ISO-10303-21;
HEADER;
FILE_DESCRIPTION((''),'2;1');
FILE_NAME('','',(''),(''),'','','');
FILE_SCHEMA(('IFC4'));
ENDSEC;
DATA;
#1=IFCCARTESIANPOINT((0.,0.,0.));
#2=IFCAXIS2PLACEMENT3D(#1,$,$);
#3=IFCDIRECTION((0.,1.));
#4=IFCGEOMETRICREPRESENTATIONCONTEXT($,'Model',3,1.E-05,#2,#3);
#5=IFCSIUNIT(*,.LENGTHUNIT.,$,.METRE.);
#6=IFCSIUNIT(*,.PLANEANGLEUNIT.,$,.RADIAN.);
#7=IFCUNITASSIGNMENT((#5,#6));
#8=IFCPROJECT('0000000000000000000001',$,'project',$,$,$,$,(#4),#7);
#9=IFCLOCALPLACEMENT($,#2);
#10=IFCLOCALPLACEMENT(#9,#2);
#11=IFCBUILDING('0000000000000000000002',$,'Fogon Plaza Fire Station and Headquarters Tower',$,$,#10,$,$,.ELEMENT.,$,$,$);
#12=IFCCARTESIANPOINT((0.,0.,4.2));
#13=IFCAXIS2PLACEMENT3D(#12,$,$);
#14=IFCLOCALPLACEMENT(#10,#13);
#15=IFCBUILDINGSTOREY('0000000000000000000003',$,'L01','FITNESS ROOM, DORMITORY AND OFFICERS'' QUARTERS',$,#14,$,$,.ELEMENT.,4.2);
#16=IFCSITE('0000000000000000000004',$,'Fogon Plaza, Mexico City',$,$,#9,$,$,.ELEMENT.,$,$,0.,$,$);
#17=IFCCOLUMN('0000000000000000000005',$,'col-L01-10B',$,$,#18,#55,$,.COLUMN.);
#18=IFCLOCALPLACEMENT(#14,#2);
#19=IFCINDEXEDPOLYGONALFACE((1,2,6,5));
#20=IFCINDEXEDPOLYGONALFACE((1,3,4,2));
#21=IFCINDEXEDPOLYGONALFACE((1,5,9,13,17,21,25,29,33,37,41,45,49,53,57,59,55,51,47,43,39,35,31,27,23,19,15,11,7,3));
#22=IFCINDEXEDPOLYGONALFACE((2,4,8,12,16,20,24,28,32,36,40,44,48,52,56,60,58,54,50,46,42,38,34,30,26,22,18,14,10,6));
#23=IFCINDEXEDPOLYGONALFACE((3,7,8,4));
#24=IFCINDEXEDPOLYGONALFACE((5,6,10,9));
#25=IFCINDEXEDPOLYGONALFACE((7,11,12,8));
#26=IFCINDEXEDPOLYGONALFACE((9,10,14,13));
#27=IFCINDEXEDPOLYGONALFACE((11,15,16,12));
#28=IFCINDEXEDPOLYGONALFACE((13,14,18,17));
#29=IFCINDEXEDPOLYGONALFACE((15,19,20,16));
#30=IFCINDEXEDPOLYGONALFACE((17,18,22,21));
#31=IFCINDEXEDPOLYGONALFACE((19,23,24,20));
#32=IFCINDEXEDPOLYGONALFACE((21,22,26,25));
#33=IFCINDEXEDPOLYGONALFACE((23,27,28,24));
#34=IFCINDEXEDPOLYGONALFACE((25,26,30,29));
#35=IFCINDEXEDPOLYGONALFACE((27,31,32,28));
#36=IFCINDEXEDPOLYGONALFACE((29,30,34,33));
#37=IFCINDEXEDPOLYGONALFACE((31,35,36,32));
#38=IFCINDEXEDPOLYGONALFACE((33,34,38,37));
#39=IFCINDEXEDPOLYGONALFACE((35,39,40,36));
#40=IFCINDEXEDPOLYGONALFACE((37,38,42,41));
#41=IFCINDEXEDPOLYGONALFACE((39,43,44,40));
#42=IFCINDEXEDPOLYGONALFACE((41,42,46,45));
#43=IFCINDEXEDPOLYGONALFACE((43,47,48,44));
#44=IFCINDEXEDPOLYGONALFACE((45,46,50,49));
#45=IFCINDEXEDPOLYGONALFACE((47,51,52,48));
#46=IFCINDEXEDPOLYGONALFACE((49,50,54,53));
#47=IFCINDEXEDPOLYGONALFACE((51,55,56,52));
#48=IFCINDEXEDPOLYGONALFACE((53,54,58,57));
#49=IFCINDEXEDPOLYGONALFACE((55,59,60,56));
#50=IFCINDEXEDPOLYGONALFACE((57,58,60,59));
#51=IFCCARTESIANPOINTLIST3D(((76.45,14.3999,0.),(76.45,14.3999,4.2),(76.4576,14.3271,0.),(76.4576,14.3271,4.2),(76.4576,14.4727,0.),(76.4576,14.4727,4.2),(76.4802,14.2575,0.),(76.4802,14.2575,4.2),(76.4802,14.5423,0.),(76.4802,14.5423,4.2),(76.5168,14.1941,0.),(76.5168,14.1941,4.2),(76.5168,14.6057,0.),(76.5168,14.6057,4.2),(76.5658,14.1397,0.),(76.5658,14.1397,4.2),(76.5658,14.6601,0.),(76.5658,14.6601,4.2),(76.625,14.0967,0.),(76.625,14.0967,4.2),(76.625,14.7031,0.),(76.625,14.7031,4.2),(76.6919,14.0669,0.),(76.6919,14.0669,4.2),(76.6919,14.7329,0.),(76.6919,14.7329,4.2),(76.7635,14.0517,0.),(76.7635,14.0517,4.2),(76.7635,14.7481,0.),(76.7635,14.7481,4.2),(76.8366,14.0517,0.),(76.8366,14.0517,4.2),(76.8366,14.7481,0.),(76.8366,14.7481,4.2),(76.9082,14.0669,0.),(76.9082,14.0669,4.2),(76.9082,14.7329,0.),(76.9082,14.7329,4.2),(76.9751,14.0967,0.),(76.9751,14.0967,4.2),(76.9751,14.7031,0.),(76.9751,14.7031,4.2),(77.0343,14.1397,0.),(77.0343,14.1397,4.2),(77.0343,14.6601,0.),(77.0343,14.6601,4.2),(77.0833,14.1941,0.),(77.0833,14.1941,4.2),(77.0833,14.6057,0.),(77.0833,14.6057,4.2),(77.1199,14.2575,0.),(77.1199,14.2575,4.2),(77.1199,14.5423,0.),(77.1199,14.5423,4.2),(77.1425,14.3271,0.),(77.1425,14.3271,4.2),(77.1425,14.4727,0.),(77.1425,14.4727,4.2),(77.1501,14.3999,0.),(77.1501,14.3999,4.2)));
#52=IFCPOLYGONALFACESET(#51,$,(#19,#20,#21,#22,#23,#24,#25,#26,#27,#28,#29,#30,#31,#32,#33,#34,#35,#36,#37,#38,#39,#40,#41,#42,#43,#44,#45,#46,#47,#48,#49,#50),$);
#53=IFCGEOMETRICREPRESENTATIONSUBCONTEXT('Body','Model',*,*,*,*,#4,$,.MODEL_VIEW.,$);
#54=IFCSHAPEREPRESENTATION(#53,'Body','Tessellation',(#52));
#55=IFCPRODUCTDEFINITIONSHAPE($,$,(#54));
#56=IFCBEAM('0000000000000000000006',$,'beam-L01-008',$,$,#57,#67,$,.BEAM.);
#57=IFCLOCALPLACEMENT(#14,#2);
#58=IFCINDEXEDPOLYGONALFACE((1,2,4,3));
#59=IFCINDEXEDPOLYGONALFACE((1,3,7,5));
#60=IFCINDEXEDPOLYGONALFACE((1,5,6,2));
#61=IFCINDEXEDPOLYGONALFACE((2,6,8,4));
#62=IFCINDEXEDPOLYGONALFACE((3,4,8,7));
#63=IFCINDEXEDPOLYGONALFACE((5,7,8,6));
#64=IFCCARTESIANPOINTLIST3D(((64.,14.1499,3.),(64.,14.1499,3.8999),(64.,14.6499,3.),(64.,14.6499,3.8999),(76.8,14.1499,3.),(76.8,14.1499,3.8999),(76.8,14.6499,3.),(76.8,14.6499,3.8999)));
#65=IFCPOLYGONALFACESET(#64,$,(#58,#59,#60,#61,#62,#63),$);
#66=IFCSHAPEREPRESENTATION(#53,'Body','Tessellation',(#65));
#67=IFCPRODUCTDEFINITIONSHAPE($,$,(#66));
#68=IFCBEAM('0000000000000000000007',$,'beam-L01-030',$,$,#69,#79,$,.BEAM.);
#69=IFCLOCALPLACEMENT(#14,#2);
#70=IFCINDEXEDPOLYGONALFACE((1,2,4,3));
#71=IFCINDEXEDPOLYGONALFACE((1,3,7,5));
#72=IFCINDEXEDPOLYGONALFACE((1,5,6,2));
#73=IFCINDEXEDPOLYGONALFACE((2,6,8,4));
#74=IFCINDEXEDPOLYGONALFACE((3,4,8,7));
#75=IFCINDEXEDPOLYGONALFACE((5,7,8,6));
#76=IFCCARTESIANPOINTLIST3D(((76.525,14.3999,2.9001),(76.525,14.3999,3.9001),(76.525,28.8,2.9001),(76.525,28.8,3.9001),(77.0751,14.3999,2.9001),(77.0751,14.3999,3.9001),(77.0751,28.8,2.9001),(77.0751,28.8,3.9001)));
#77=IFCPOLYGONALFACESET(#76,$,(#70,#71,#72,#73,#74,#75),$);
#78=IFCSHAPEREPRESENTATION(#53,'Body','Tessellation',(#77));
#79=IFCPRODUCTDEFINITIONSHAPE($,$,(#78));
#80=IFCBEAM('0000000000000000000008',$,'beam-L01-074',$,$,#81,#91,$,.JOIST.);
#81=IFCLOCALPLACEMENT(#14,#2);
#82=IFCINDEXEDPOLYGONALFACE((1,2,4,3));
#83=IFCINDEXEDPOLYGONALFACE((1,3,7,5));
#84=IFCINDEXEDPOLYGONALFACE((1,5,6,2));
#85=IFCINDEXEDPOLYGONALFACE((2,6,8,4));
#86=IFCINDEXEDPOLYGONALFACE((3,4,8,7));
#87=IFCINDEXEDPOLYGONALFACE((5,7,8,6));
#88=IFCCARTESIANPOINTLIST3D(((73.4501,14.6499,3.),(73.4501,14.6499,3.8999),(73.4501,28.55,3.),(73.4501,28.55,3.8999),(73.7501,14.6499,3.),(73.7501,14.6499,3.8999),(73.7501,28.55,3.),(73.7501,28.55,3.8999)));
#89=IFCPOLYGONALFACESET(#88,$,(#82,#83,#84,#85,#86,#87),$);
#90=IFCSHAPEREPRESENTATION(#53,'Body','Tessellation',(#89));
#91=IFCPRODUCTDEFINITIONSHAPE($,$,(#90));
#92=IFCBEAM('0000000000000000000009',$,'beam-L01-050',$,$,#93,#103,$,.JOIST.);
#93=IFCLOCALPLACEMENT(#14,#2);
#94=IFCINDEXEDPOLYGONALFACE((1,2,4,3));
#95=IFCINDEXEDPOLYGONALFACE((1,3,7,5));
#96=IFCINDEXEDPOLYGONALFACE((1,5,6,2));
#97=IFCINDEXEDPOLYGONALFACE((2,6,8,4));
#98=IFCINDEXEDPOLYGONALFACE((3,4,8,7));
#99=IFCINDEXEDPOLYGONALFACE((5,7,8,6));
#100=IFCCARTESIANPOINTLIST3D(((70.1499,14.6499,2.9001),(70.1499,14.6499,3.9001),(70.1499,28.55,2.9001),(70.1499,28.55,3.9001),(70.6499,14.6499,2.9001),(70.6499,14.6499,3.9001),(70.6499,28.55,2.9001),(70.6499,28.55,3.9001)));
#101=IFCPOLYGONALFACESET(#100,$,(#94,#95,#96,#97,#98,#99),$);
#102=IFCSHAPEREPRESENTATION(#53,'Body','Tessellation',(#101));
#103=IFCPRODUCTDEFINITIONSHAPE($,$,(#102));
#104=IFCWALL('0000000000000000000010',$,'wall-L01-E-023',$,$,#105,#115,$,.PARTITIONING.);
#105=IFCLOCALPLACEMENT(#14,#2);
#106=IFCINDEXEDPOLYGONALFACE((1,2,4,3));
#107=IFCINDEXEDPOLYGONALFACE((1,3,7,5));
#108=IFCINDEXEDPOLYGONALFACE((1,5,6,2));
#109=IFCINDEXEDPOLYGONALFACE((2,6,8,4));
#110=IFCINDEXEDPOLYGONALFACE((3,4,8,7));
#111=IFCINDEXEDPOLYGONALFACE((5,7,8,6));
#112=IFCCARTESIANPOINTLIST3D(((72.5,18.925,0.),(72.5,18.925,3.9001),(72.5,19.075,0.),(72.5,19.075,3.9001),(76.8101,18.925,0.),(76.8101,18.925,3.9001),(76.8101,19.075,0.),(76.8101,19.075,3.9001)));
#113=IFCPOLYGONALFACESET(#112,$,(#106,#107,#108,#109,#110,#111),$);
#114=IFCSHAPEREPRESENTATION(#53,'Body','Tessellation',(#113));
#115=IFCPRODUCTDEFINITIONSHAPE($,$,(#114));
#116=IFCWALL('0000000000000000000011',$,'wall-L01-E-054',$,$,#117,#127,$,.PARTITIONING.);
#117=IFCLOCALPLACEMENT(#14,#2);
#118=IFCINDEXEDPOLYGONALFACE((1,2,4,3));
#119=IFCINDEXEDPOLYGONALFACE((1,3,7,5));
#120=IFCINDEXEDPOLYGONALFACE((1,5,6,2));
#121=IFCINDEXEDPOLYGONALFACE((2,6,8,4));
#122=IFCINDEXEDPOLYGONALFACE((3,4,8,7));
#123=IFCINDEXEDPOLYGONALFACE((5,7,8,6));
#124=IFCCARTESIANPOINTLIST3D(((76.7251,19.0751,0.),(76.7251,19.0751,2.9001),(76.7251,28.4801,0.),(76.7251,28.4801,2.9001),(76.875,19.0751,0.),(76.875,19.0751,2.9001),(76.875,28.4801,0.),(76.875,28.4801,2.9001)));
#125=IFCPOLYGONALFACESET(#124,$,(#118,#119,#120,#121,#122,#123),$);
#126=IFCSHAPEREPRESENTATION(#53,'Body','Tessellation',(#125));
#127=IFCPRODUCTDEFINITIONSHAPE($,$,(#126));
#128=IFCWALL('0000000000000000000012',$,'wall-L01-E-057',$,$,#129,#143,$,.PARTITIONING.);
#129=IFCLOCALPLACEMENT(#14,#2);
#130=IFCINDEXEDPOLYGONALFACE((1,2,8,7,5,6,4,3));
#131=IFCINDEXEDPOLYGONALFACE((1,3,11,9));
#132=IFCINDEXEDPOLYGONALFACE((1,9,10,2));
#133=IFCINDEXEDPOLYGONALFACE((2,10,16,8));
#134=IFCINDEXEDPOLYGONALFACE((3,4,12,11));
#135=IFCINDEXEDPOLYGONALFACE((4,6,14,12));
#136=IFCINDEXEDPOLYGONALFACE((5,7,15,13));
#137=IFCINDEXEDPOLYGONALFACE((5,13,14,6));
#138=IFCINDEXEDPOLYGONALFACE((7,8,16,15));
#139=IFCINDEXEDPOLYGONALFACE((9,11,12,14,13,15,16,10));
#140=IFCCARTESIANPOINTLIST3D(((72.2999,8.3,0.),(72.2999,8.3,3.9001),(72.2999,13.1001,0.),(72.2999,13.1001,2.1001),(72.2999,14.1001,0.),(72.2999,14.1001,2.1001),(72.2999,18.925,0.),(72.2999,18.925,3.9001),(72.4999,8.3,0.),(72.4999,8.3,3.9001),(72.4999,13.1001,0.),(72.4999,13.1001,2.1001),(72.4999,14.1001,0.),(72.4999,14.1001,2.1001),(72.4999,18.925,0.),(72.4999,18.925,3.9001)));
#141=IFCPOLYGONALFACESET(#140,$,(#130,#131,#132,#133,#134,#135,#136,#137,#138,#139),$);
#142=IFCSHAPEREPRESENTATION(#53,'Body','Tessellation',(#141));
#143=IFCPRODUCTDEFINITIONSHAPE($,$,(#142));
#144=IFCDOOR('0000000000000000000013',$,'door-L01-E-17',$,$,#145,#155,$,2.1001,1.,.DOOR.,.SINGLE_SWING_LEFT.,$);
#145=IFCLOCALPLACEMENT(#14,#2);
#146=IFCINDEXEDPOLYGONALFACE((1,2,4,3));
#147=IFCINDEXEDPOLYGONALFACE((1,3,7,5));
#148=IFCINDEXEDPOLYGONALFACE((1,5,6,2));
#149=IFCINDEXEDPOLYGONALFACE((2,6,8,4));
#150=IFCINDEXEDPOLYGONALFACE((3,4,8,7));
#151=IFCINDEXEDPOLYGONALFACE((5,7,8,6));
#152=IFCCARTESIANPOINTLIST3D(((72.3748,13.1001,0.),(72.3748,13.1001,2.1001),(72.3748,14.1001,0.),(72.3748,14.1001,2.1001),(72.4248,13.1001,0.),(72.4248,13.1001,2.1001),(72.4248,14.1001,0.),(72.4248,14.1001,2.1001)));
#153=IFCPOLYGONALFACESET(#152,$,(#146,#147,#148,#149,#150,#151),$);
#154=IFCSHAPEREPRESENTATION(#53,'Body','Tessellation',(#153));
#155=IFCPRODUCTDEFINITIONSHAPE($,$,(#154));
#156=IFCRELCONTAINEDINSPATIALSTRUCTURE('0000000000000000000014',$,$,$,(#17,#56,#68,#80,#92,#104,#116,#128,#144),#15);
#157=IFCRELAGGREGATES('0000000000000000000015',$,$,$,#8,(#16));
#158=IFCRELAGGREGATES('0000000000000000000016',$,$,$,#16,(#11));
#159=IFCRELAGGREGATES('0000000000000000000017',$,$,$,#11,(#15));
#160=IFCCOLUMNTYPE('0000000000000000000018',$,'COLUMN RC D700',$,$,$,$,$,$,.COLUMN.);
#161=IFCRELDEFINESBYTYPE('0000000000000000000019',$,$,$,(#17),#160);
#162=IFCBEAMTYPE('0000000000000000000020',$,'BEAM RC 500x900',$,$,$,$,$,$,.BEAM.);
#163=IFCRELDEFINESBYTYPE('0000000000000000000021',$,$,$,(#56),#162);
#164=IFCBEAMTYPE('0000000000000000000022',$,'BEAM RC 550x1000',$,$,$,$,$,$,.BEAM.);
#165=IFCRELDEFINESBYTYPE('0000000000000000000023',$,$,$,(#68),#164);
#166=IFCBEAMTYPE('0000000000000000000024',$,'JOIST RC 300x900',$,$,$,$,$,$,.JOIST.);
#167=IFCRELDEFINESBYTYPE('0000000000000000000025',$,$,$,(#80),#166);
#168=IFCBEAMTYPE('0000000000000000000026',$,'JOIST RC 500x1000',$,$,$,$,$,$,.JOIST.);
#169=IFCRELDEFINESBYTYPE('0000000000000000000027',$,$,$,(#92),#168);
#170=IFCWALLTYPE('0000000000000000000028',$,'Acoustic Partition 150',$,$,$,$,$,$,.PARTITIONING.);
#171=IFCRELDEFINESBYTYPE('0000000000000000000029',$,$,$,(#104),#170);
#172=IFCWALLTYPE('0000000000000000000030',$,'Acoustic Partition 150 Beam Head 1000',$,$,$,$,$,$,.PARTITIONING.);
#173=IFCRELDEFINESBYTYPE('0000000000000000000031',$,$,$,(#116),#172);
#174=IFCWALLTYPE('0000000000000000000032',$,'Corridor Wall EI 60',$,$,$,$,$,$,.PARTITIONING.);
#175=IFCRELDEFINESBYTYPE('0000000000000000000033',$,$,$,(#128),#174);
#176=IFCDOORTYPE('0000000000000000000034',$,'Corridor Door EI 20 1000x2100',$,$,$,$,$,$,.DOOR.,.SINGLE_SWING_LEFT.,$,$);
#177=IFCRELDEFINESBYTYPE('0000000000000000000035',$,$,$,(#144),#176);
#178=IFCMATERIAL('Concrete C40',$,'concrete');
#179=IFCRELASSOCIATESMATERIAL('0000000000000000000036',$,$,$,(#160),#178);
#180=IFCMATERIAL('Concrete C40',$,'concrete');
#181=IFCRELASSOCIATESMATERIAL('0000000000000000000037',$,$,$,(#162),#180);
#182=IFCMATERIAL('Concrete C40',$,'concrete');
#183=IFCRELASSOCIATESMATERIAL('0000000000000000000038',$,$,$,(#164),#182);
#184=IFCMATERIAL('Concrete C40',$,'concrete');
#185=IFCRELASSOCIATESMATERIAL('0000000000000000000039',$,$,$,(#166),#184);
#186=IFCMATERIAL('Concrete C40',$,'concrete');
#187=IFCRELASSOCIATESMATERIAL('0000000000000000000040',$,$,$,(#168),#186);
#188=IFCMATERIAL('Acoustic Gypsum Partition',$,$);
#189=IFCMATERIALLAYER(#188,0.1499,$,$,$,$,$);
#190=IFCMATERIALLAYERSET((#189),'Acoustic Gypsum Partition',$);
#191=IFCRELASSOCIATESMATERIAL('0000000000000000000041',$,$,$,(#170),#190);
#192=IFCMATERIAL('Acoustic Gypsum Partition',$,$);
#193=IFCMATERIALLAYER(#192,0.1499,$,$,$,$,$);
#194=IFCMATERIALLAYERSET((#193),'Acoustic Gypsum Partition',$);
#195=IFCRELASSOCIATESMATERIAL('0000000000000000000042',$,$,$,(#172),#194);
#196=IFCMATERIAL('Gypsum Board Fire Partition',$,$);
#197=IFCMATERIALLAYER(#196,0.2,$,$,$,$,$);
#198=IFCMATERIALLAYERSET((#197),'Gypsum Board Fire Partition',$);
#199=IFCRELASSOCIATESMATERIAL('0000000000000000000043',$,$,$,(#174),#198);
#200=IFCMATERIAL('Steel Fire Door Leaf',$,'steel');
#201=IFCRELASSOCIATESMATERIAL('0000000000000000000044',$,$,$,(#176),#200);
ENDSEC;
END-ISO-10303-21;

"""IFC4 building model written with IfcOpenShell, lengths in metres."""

from ifc_helpers import new_model, si_unit, direction, frame, frame_2d, origin, origin_2d, place, context, subcontext, project, spatial, rectangle, circle, extrude, material, layer, layer_set, material_profile, profile_set, type_object, element, fill, save


model = new_model("IFC4")

# Units and contexts
model_context = context("Model", 3, precision=1e-05, world=origin(), true_north=direction((0.0, 1.0)))
body_context = subcontext(model_context, "Body", "Model", "MODEL_VIEW")
ifc_project = project(units=[si_unit("LENGTHUNIT", "METRE"), si_unit("PLANEANGLEUNIT", "RADIAN")], contexts=[model_context])

# Site, building, storey
site_placement = place(None, origin())
site = spatial("IfcSite", under=ifc_project, at=site_placement, Name="Fogon Plaza, Mexico City", CompositionType="ELEMENT", RefElevation=0.0)
building_placement = place(site_placement, origin())
building = spatial("IfcBuilding", under=site, at=building_placement, Name="Fogon Plaza Fire Station and Headquarters Tower", CompositionType="ELEMENT")
storey_placement = place(building_placement, frame((0.0, 0.0, 4.2)))
storey = spatial("IfcBuildingStorey", under=building, at=storey_placement, Name="L01", Description="FITNESS ROOM, DORMITORY AND OFFICERS' QUARTERS", CompositionType="ELEMENT", Elevation=4.2)

# Column
ifc_material_1 = material(Name="Concrete C40", Category="concrete")
ifc_material_profile_1 = material_profile(ifc_material_1, circle(Radius=0.3501, at=origin_2d()), Name="RC D700")
ifc_profile_set_1 = profile_set([ifc_material_profile_1], Name="Concrete C40")
column_type = type_object("IfcColumnType", Name="COLUMN RC D700", PredefinedType="COLUMN", material=ifc_profile_set_1)
column_placement = place(storey_placement, frame((76.8, 14.3999, 0.0), z_axis=(0.0, 0.0, 1.0), x_axis=(1.0, 0.0, 0.0)))
element("IfcColumn", 1, at=column_placement, inside=storey, type_object=column_type, Name="col-L01-10B", PredefinedType="COLUMN", context=body_context, shape_type="SweptSolid", body=[
    extrude(circle(Radius=0.3501, at=origin_2d()), origin(), (0.0, 0.0, 1.0), 4.2),
])

# Beams
ifc_material_2 = material(Name="Concrete C40", Category="concrete")
ifc_material_profile_2 = material_profile(ifc_material_2, rectangle(XDim=0.5, YDim=0.8999, at=origin_2d()), Name="RC 500x900")
ifc_profile_set_2 = profile_set([ifc_material_profile_2], Name="Concrete C40")
beam_type_1 = type_object("IfcBeamType", Name="BEAM RC 500x900", PredefinedType="BEAM", material=ifc_profile_set_2)
beam_1_placement = place(storey_placement, frame((76.8, 14.3999, 3.45), z_axis=(-1.0, 0.0, 0.0), x_axis=(0.0, -1.0, 0.0)))
element("IfcBeam", 2, at=beam_1_placement, inside=storey, type_object=beam_type_1, Name="beam-L01-008", PredefinedType="BEAM", context=body_context, shape_type="SweptSolid", body=[
    extrude(rectangle(XDim=0.5, YDim=0.8999, at=origin_2d()), origin(), (0.0, 0.0, 1.0), 12.8),
])
ifc_material_3 = material(Name="Concrete C40", Category="concrete")
ifc_material_profile_3 = material_profile(ifc_material_3, rectangle(XDim=0.55, YDim=1.0, at=origin_2d()), Name="RC 550x1000")
ifc_profile_set_3 = profile_set([ifc_material_profile_3], Name="Concrete C40")
beam_type_2 = type_object("IfcBeamType", Name="BEAM RC 550x1000", PredefinedType="BEAM", material=ifc_profile_set_3)
beam_2_placement = place(storey_placement, frame((76.8, 14.3999, 3.4001), z_axis=(0.0, 1.0, 0.0), x_axis=(-1.0, 0.0, 0.0)))
element("IfcBeam", 3, at=beam_2_placement, inside=storey, type_object=beam_type_2, Name="beam-L01-030", PredefinedType="BEAM", context=body_context, shape_type="SweptSolid", body=[
    extrude(rectangle(XDim=0.55, YDim=1.0, at=origin_2d()), origin(), (0.0, 0.0, 1.0), 14.4001),
])
ifc_material_4 = material(Name="Concrete C40", Category="concrete")
ifc_material_profile_4 = material_profile(ifc_material_4, rectangle(XDim=0.3, YDim=0.8999, at=origin_2d()), Name="RC 300x900")
ifc_profile_set_4 = profile_set([ifc_material_profile_4], Name="Concrete C40")
beam_type_3 = type_object("IfcBeamType", Name="JOIST RC 300x900", PredefinedType="JOIST", material=ifc_profile_set_4)
beam_3_placement = place(storey_placement, frame((73.6001, 14.6499, 3.45), z_axis=(0.0, 1.0, 0.0), x_axis=(-1.0, 0.0, 0.0)))
element("IfcBeam", 4, at=beam_3_placement, inside=storey, type_object=beam_type_3, Name="beam-L01-074", PredefinedType="JOIST", context=body_context, shape_type="SweptSolid", body=[
    extrude(rectangle(XDim=0.3, YDim=0.8999, at=origin_2d()), origin(), (0.0, 0.0, 1.0), 13.9001),
])
ifc_material_5 = material(Name="Concrete C40", Category="concrete")
ifc_material_profile_5 = material_profile(ifc_material_5, rectangle(XDim=0.5, YDim=1.0, at=origin_2d()), Name="RC 500x1000")
ifc_profile_set_5 = profile_set([ifc_material_profile_5], Name="Concrete C40")
beam_type_4 = type_object("IfcBeamType", Name="JOIST RC 500x1000", PredefinedType="JOIST", material=ifc_profile_set_5)
beam_4_placement = place(storey_placement, frame((70.3999, 14.6499, 3.4001), z_axis=(0.0, 1.0, 0.0), x_axis=(-1.0, 0.0, 0.0)))
element("IfcBeam", 5, at=beam_4_placement, inside=storey, type_object=beam_type_4, Name="beam-L01-050", PredefinedType="JOIST", context=body_context, shape_type="SweptSolid", body=[
    extrude(rectangle(XDim=0.5, YDim=1.0, at=origin_2d()), origin(), (0.0, 0.0, 1.0), 13.9001),
])

# Walls
ifc_material_6 = material(Name="Acoustic Gypsum Partition")
ifc_layer_1 = layer(ifc_material_6, 0.1499)
ifc_layer_set_1 = layer_set([ifc_layer_1], Name="Acoustic Gypsum Partition")
wall_type_1 = type_object("IfcWallType", Name="Acoustic Partition 150", PredefinedType="PARTITIONING", material=ifc_layer_set_1)
wall_1_placement = place(storey_placement, frame((76.8101, 19.0, 0.0), z_axis=(0.0, 0.0, 1.0), x_axis=(-1.0, 0.0, 0.0)))
element("IfcWall", 6, at=wall_1_placement, inside=storey, type_object=wall_type_1, Name="wall-L01-E-023", PredefinedType="PARTITIONING", context=body_context, shape_type="SweptSolid", body=[
    extrude(rectangle(XDim=4.3101, YDim=0.1499, at=frame_2d((2.155, 0.0))), origin(), (0.0, 0.0, 1.0), 3.9001),
])
ifc_material_7 = material(Name="Acoustic Gypsum Partition")
ifc_layer_2 = layer(ifc_material_7, 0.1499)
ifc_layer_set_2 = layer_set([ifc_layer_2], Name="Acoustic Gypsum Partition")
wall_type_2 = type_object("IfcWallType", Name="Acoustic Partition 150 Beam Head 1000", PredefinedType="PARTITIONING", material=ifc_layer_set_2)
wall_2_placement = place(storey_placement, frame((76.8, 19.075, 0.0), z_axis=(0.0, 0.0, 1.0), x_axis=(0.0, 1.0, 0.0)))
element("IfcWall", 7, at=wall_2_placement, inside=storey, type_object=wall_type_2, Name="wall-L01-E-054", PredefinedType="PARTITIONING", context=body_context, shape_type="SweptSolid", body=[
    extrude(rectangle(XDim=9.405, YDim=0.1499, at=frame_2d((4.7026, 0.0))), origin(), (0.0, 0.0, 1.0), 2.9001),
])

# Wall, opening, door
ifc_material_8 = material(Name="Gypsum Board Fire Partition")
ifc_layer_3 = layer(ifc_material_8, 0.2)
ifc_layer_set_3 = layer_set([ifc_layer_3], Name="Gypsum Board Fire Partition")
wall_type_3 = type_object("IfcWallType", Name="Corridor Wall EI 60", PredefinedType="PARTITIONING", material=ifc_layer_set_3)
wall_3_placement = place(storey_placement, frame((72.3999, 8.3, 0.0), z_axis=(0.0, 0.0, 1.0), x_axis=(0.0, 1.0, 0.0)))
wall_3 = element("IfcWall", 8, at=wall_3_placement, inside=storey, type_object=wall_type_3, Name="wall-L01-E-057", PredefinedType="PARTITIONING", context=body_context, shape_type="SweptSolid", body=[
    extrude(rectangle(XDim=10.625, YDim=0.2, at=frame_2d((5.3125, 0.0))), origin(), (0.0, 0.0, 1.0), 3.9001),
])
opening_1_placement = place(wall_3_placement, frame((4.8, 0.0, 0.0)))
opening_1 = element("IfcOpeningElement", 9, at=opening_1_placement, cuts=wall_3, PredefinedType="OPENING", context=body_context, shape_type="SweptSolid", body=[
    extrude(rectangle(XDim=1.0, YDim=2.1001, at=frame_2d((0.5, 1.05))), frame((0.0, 0.1099, 0.0), z_axis=(0.0, -1.0, 0.0), x_axis=(1.0, 0.0, 0.0)), (0.0, 0.0, 1.0), 0.22),
])
ifc_material_9 = material(Name="Steel Fire Door Leaf", Category="steel")
door_type = type_object("IfcDoorType", Name="Corridor Door EI 20 1000x2100", OperationType="SINGLE_SWING_LEFT", PredefinedType="DOOR", material=ifc_material_9)
door_1_placement = place(opening_1_placement, frame((1.0, 0.0, 0.0), z_axis=(0.0, 0.0, 1.0), x_axis=(-1.0, 0.0, 0.0)))
door_1 = element("IfcDoor", 10, at=door_1_placement, inside=storey, type_object=door_type, Name="door-L01-E-17", OperationType="SINGLE_SWING_LEFT", OverallHeight=2.1001, OverallWidth=1.0, PredefinedType="DOOR", context=body_context, shape_type="SweptSolid", body=[
    extrude(rectangle(XDim=1.0, YDim=2.1001, at=frame_2d((0.5, 1.05))), frame((0.0, 0.0249, 0.0), z_axis=(0.0, -1.0, 0.0), x_axis=(1.0, 0.0, 0.0)), (0.0, 0.0, 1.0), 0.05),
])
fill(opening_1, door_1)

save(model, "model.ifc")
